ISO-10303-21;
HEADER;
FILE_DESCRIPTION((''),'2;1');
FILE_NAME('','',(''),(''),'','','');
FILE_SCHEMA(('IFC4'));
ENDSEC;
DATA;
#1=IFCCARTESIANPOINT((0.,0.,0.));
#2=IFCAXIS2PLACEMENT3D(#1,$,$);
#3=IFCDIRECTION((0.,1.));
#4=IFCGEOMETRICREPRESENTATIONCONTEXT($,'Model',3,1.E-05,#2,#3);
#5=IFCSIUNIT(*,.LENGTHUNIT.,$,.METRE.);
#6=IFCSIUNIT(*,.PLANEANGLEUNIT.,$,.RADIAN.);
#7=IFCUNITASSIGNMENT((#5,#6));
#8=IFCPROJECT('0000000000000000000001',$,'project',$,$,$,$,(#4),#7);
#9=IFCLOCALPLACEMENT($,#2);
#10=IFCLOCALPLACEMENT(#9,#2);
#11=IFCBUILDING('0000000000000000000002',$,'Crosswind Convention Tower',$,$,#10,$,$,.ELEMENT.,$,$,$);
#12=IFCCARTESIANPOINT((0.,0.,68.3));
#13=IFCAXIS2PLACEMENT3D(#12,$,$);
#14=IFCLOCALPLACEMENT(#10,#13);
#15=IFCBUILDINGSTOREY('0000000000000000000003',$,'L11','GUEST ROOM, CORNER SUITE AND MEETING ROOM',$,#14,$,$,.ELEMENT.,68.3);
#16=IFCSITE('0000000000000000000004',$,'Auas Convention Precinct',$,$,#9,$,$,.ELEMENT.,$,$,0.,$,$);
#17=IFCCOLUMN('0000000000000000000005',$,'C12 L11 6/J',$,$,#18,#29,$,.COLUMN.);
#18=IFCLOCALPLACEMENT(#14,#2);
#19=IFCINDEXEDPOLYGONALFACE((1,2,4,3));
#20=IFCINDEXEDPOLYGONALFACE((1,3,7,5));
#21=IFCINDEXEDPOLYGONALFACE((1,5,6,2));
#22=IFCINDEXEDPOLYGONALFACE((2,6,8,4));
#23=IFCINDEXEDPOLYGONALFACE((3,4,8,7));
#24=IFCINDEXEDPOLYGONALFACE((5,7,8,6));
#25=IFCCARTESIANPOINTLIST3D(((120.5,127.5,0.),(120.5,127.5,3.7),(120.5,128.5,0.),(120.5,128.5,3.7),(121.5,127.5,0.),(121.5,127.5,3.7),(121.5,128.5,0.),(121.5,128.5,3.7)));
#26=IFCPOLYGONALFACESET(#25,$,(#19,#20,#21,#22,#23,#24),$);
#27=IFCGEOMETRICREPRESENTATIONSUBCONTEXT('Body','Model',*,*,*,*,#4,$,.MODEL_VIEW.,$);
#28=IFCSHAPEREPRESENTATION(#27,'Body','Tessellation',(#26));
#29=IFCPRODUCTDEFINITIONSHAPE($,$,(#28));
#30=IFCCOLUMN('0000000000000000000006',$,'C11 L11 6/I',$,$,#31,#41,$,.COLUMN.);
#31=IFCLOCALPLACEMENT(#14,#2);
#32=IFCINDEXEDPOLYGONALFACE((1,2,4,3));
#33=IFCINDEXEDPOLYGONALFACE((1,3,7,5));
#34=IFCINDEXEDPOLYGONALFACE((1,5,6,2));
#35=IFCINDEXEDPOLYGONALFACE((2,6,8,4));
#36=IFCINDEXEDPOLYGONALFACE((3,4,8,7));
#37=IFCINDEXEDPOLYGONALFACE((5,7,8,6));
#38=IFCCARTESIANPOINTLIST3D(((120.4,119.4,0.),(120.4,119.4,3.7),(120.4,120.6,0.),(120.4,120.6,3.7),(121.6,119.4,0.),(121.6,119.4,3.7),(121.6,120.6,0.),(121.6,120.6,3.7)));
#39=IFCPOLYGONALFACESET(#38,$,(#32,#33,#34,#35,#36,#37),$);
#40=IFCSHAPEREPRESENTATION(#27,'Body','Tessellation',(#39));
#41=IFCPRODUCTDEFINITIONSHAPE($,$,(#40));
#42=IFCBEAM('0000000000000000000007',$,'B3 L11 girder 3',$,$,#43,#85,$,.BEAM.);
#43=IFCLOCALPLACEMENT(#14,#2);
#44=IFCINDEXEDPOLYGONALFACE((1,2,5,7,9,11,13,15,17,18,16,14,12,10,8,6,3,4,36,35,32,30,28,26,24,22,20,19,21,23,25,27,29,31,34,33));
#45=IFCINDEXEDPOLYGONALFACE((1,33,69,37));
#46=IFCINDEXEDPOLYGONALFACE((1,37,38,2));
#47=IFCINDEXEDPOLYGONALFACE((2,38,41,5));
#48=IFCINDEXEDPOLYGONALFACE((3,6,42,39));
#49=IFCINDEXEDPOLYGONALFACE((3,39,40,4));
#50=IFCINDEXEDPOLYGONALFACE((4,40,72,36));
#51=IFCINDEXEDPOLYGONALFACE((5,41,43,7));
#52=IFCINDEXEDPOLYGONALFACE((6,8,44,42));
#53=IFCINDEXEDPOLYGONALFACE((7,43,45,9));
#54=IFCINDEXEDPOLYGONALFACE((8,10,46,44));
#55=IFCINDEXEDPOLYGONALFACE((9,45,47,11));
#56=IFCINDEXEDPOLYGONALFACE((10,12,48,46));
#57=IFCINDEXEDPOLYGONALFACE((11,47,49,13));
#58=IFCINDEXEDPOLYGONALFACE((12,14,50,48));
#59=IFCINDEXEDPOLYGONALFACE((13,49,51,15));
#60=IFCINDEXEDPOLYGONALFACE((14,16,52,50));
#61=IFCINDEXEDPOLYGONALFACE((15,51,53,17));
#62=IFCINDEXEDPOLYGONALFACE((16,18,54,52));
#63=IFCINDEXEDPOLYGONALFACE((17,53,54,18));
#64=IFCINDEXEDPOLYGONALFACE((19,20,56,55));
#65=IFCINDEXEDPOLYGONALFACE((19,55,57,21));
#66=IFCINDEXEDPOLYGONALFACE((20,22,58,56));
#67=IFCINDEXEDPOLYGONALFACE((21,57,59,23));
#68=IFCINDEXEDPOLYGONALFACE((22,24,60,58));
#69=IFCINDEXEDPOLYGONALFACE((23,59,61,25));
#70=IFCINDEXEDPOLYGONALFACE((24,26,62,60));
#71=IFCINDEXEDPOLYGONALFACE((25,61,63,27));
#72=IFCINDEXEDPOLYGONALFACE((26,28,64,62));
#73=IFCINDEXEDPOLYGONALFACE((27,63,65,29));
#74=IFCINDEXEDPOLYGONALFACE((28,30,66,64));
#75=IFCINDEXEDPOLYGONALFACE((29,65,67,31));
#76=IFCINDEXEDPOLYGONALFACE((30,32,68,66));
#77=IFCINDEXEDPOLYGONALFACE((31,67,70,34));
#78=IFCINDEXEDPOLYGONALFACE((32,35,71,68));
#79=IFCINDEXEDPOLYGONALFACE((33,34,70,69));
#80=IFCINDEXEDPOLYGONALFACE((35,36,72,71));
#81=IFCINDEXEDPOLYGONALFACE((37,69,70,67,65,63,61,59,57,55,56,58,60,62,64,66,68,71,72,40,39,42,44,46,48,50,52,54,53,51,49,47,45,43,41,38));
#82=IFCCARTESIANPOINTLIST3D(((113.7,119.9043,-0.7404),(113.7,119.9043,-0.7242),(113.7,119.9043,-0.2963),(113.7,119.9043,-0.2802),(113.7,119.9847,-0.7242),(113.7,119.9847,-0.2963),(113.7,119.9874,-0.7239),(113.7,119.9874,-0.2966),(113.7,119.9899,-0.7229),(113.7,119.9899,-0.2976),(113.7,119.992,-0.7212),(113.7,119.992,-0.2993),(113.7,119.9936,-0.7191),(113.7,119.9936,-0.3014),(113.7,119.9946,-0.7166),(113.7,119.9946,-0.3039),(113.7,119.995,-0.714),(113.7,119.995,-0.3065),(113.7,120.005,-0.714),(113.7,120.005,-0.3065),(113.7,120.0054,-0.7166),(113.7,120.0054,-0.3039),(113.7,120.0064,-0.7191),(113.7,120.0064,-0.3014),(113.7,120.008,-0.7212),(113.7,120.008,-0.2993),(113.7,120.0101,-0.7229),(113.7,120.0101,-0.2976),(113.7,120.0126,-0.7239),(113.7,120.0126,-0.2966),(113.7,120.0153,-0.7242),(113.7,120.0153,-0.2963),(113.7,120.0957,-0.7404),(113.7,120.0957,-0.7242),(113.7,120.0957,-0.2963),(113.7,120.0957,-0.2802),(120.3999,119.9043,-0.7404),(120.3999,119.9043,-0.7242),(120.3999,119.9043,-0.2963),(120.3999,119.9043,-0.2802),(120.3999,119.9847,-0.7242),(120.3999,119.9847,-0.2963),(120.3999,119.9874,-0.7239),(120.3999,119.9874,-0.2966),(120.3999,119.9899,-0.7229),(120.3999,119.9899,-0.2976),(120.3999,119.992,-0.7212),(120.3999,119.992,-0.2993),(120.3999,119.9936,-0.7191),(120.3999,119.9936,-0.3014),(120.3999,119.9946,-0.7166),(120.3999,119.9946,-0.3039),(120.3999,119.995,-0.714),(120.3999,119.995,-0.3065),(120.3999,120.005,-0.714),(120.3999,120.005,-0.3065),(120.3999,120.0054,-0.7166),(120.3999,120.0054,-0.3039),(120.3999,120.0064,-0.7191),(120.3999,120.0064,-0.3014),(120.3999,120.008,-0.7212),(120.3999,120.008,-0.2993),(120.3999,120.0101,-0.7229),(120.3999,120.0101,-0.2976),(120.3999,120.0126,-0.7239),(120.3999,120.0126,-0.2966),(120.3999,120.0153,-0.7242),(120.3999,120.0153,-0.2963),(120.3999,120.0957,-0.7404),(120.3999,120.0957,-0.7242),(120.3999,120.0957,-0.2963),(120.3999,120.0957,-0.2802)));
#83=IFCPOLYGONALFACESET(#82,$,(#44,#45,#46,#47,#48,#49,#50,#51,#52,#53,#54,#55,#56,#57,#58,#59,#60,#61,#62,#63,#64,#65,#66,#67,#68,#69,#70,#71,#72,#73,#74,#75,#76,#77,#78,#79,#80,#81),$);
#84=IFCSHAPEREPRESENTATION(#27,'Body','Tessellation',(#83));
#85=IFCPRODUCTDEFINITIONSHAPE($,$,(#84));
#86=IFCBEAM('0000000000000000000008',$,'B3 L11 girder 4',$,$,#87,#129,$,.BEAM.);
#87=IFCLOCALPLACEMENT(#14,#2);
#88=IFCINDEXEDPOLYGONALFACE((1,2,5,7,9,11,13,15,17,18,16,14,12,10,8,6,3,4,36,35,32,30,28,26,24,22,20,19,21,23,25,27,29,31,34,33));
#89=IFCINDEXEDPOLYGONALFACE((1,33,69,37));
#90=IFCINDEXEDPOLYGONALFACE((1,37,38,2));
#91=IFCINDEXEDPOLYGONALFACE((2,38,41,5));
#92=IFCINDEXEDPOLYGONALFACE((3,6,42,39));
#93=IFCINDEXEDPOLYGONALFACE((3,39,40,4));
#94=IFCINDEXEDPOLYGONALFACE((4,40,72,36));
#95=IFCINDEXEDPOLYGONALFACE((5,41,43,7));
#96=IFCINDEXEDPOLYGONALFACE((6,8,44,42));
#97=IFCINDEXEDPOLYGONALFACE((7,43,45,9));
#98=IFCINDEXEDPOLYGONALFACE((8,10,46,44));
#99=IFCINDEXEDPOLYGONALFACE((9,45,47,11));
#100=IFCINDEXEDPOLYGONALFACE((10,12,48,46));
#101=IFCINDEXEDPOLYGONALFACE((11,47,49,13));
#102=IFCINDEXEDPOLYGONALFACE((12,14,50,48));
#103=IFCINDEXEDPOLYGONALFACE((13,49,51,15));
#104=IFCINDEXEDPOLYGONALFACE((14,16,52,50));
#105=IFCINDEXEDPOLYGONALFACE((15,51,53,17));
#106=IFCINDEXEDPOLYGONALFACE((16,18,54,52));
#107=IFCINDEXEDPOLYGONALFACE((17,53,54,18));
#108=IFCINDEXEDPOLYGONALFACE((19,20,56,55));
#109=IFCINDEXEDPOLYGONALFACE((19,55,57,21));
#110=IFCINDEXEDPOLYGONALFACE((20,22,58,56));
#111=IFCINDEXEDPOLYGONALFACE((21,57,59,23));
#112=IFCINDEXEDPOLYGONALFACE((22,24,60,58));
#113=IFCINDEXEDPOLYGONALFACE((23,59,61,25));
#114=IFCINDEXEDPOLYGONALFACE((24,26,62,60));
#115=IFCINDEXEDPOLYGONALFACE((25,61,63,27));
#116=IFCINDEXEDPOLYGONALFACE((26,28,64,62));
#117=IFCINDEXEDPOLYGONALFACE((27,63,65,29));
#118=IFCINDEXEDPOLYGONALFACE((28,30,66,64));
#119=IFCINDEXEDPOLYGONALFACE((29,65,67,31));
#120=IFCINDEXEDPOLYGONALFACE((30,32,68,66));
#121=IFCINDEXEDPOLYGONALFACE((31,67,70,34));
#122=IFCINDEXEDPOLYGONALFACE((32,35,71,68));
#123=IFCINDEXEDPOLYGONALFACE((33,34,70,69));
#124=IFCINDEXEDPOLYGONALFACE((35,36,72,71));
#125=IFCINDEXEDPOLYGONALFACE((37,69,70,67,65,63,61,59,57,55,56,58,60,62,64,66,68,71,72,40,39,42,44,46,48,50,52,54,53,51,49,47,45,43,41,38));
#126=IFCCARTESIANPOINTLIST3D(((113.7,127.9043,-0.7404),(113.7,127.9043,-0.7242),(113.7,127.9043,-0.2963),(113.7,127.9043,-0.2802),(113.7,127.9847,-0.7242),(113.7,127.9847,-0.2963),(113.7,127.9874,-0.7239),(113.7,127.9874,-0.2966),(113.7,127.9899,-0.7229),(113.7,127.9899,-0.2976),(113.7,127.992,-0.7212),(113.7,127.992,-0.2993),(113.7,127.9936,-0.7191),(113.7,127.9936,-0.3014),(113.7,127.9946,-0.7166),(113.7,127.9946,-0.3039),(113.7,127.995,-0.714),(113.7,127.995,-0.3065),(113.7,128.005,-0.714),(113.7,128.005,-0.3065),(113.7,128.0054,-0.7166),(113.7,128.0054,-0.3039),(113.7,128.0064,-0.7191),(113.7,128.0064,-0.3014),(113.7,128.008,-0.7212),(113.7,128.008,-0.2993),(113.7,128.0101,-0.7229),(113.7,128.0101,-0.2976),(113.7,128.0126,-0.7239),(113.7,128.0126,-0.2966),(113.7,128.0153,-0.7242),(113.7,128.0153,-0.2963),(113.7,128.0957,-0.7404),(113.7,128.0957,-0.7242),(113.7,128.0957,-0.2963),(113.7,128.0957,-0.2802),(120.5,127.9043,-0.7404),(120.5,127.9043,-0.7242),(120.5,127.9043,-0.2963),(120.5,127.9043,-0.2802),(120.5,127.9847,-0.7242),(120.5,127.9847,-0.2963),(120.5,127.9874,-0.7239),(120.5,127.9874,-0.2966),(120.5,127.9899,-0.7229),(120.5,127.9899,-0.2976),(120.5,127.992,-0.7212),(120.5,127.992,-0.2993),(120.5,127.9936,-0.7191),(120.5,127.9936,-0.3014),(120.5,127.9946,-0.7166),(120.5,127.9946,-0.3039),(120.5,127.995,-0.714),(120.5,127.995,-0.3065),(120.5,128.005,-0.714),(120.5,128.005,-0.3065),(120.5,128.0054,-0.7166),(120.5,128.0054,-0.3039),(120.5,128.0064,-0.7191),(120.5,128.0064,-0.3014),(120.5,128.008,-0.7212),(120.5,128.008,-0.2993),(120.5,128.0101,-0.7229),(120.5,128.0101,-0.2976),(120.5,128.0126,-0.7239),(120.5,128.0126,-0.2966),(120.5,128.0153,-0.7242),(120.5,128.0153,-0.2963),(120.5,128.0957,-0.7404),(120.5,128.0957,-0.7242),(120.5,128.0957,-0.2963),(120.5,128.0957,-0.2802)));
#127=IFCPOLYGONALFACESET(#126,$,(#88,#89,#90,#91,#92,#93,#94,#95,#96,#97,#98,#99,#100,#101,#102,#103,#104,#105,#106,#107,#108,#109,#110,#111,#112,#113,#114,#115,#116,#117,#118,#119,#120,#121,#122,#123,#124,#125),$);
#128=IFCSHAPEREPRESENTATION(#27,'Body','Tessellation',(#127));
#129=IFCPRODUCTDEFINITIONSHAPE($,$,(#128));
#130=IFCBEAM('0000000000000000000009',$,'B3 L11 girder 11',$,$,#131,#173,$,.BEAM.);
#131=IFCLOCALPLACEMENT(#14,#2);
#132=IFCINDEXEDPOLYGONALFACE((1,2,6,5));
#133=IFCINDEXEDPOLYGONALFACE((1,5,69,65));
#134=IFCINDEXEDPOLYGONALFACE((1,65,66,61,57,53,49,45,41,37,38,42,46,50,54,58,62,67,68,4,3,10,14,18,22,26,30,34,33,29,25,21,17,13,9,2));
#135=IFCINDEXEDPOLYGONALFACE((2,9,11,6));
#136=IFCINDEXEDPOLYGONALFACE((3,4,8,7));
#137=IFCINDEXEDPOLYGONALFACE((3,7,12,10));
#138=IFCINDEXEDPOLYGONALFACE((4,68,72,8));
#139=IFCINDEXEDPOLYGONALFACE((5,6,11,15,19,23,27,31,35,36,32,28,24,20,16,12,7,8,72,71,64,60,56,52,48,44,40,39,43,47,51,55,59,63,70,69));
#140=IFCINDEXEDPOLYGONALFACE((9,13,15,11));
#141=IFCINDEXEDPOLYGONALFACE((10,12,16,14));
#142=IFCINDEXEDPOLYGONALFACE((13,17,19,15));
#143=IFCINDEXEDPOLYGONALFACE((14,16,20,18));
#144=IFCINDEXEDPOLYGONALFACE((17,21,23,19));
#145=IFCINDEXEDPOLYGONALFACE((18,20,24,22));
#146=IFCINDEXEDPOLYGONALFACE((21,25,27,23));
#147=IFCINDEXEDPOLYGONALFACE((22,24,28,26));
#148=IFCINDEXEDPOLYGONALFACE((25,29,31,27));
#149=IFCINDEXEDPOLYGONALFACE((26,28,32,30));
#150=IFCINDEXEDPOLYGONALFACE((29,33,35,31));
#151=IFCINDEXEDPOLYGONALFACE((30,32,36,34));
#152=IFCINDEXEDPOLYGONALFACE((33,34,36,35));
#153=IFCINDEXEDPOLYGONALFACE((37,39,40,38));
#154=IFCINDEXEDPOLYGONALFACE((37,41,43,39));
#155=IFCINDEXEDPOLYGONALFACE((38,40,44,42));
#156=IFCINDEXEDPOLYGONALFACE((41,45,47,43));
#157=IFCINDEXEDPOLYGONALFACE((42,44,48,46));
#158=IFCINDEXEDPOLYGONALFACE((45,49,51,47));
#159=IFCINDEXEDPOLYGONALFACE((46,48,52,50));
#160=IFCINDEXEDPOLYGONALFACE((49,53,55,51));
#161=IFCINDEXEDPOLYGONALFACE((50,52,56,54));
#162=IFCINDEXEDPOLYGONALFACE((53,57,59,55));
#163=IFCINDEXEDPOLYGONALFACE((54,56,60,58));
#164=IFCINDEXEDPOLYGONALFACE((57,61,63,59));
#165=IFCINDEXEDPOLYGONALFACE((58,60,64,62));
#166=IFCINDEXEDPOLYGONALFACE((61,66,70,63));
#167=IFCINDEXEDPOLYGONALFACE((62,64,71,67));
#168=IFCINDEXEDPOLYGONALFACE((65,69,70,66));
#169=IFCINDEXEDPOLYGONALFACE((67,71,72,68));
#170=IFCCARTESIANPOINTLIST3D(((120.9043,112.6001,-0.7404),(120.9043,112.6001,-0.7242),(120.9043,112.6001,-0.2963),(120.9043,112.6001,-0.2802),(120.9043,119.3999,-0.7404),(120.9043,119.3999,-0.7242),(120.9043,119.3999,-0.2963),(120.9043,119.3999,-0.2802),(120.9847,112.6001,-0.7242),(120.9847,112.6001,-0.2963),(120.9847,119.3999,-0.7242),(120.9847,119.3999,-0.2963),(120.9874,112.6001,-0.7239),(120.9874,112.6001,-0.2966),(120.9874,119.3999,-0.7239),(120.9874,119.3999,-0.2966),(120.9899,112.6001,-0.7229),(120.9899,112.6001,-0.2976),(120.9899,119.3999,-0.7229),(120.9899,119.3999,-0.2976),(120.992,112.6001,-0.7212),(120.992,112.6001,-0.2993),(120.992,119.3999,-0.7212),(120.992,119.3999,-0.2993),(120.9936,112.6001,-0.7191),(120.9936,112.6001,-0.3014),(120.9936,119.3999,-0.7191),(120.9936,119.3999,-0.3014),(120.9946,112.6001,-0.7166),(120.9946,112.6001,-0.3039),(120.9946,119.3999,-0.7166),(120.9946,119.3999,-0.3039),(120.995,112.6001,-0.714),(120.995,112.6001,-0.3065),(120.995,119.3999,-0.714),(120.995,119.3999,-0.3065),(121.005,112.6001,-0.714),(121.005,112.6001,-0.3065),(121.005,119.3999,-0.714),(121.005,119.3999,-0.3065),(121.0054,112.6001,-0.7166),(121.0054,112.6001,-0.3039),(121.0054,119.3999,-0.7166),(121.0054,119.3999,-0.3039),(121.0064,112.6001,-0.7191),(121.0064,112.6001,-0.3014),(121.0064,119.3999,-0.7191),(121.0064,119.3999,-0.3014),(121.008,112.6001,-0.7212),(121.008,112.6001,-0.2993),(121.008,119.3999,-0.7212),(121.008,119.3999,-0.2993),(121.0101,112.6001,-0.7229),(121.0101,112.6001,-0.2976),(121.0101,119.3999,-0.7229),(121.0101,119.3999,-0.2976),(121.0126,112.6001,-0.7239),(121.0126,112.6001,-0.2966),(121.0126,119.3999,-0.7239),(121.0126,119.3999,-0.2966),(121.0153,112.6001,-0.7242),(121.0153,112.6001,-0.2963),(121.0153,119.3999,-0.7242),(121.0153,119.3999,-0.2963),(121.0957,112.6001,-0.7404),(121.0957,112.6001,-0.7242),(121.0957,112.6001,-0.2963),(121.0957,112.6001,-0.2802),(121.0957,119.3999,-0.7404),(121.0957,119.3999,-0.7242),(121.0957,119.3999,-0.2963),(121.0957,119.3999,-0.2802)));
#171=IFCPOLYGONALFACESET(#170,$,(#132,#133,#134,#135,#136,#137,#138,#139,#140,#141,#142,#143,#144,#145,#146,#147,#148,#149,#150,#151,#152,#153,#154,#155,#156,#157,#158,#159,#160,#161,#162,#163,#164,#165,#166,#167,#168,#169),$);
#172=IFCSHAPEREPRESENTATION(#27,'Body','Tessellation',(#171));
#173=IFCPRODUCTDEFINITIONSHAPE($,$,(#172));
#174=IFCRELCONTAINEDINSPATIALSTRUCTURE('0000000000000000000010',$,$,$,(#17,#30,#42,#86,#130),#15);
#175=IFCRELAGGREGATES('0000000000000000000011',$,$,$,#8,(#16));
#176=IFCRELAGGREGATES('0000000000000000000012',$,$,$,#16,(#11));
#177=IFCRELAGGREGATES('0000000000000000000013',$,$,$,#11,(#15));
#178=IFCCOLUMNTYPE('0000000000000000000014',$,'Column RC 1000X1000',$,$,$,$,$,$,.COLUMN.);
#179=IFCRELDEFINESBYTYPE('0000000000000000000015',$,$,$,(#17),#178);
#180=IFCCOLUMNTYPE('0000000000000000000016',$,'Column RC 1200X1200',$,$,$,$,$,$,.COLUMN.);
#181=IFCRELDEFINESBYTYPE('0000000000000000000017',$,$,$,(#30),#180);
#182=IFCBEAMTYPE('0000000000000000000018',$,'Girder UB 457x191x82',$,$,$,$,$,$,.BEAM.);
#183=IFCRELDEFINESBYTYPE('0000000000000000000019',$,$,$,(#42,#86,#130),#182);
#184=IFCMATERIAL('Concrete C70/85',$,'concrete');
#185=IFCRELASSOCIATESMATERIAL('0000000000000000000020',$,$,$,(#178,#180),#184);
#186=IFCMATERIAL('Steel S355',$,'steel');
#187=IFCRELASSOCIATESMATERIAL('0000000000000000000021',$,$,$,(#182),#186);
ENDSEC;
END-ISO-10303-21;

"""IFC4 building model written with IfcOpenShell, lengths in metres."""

from ifc_helpers import new_model, si_unit, direction, frame, origin, origin_2d, place, context, subcontext, project, spatial, rectangle, i_section, extrude, material, material_profile, profile_set, type_object, element, save


model = new_model("IFC4")

# Units and contexts
model_context = context("Model", 3, precision=1e-05, world=origin(), true_north=direction((0.0, 1.0)))
body_context = subcontext(model_context, "Body", "Model", "MODEL_VIEW")
ifc_project = project(units=[si_unit("LENGTHUNIT", "METRE"), si_unit("PLANEANGLEUNIT", "RADIAN")], contexts=[model_context])

# Site, building, storey
site_placement = place(None, origin())
site = spatial("IfcSite", under=ifc_project, at=site_placement, Name="Auas Convention Precinct", CompositionType="ELEMENT", RefElevation=0.0)
building_placement = place(site_placement, origin())
building = spatial("IfcBuilding", under=site, at=building_placement, Name="Crosswind Convention Tower", CompositionType="ELEMENT")
storey_placement = place(building_placement, frame((0.0, 0.0, 68.3)))
storey = spatial("IfcBuildingStorey", under=building, at=storey_placement, Name="L11", Description="GUEST ROOM, CORNER SUITE AND MEETING ROOM", CompositionType="ELEMENT", Elevation=68.3)

# Columns
ifc_material_1 = material(Name="Concrete C70/85", Category="concrete")
ifc_material_profile_1 = material_profile(ifc_material_1, rectangle(XDim=1.0, YDim=1.0, at=origin_2d()), Name="RC 1000X1000")
ifc_profile_set_1 = profile_set([ifc_material_profile_1], Name="Concrete C70/85")
column_type_1 = type_object("IfcColumnType", Name="Column RC 1000X1000", PredefinedType="COLUMN", material=ifc_profile_set_1)
column_1_placement = place(storey_placement, frame((121.0, 128.0, 0.0), z_axis=(0.0, 0.0, 1.0), x_axis=(1.0, 0.0, 0.0)))
element("IfcColumn", 1, at=column_1_placement, inside=storey, type_object=column_type_1, Name="C12 L11 6/J", PredefinedType="COLUMN", context=body_context, shape_type="SweptSolid", body=[
    extrude(rectangle(XDim=1.0, YDim=1.0, at=origin_2d()), origin(), (0.0, 0.0, 1.0), 3.7),
])
ifc_material_profile_2 = material_profile(ifc_material_1, rectangle(XDim=1.2, YDim=1.2, at=origin_2d()), Name="RC 1200X1200")
ifc_profile_set_2 = profile_set([ifc_material_profile_2], Name="Concrete C70/85")
column_type_2 = type_object("IfcColumnType", Name="Column RC 1200X1200", PredefinedType="COLUMN", material=ifc_profile_set_2)
column_2_placement = place(storey_placement, frame((121.0, 120.0, 0.0), z_axis=(0.0, 0.0, 1.0), x_axis=(1.0, 0.0, 0.0)))
element("IfcColumn", 2, at=column_2_placement, inside=storey, type_object=column_type_2, Name="C11 L11 6/I", PredefinedType="COLUMN", context=body_context, shape_type="SweptSolid", body=[
    extrude(rectangle(XDim=1.2, YDim=1.2, at=origin_2d()), origin(), (0.0, 0.0, 1.0), 3.7),
])

# Beams
ifc_material_2 = material(Name="Steel S355", Category="steel")
ifc_material_profile_3 = material_profile(ifc_material_2, i_section(OverallWidth=0.1914, OverallDepth=0.4602, WebThickness=0.01, FlangeThickness=0.0161, FilletRadius=0.0103, at=origin_2d()), Name="UB 457x191x82")
ifc_profile_set_3 = profile_set([ifc_material_profile_3], Name="Steel S355")
beam_type_1 = type_object("IfcBeamType", Name="Girder UB 457x191x82", PredefinedType="BEAM", material=ifc_profile_set_3)
beam_1_placement = place(storey_placement, frame((113.7, 120.0, -0.5103), z_axis=(1.0, 0.0, 0.0), x_axis=(0.0, 1.0, 0.0)))
element("IfcBeam", 3, at=beam_1_placement, inside=storey, type_object=beam_type_1, Name="B3 L11 girder 3", PredefinedType="BEAM", context=body_context, shape_type="SweptSolid", body=[
    extrude(i_section(OverallWidth=0.1914, OverallDepth=0.4602, WebThickness=0.01, FlangeThickness=0.0161, FilletRadius=0.0103, at=origin_2d()), origin(), (0.0, 0.0, 1.0), 6.7),
])
beam_2_placement = place(storey_placement, frame((113.7, 128.0, -0.5103), z_axis=(1.0, 0.0, 0.0), x_axis=(0.0, 1.0, 0.0)))
element("IfcBeam", 4, at=beam_2_placement, inside=storey, type_object=beam_type_1, Name="B3 L11 girder 4", PredefinedType="BEAM", context=body_context, shape_type="SweptSolid", body=[
    extrude(i_section(OverallWidth=0.1914, OverallDepth=0.4602, WebThickness=0.01, FlangeThickness=0.0161, FilletRadius=0.0103, at=origin_2d()), origin(), (0.0, 0.0, 1.0), 6.8),
])
beam_3_placement = place(storey_placement, frame((121.0, 112.6001, -0.5103), z_axis=(0.0, 1.0, 0.0), x_axis=(-1.0, 0.0, 0.0)))
element("IfcBeam", 5, at=beam_3_placement, inside=storey, type_object=beam_type_1, Name="B3 L11 girder 11", PredefinedType="BEAM", context=body_context, shape_type="SweptSolid", body=[
    extrude(i_section(OverallWidth=0.1914, OverallDepth=0.4602, WebThickness=0.01, FlangeThickness=0.0161, FilletRadius=0.0103, at=origin_2d()), origin(), (0.0, 0.0, 1.0), 6.7998),
])

save(model, "model.ifc")
